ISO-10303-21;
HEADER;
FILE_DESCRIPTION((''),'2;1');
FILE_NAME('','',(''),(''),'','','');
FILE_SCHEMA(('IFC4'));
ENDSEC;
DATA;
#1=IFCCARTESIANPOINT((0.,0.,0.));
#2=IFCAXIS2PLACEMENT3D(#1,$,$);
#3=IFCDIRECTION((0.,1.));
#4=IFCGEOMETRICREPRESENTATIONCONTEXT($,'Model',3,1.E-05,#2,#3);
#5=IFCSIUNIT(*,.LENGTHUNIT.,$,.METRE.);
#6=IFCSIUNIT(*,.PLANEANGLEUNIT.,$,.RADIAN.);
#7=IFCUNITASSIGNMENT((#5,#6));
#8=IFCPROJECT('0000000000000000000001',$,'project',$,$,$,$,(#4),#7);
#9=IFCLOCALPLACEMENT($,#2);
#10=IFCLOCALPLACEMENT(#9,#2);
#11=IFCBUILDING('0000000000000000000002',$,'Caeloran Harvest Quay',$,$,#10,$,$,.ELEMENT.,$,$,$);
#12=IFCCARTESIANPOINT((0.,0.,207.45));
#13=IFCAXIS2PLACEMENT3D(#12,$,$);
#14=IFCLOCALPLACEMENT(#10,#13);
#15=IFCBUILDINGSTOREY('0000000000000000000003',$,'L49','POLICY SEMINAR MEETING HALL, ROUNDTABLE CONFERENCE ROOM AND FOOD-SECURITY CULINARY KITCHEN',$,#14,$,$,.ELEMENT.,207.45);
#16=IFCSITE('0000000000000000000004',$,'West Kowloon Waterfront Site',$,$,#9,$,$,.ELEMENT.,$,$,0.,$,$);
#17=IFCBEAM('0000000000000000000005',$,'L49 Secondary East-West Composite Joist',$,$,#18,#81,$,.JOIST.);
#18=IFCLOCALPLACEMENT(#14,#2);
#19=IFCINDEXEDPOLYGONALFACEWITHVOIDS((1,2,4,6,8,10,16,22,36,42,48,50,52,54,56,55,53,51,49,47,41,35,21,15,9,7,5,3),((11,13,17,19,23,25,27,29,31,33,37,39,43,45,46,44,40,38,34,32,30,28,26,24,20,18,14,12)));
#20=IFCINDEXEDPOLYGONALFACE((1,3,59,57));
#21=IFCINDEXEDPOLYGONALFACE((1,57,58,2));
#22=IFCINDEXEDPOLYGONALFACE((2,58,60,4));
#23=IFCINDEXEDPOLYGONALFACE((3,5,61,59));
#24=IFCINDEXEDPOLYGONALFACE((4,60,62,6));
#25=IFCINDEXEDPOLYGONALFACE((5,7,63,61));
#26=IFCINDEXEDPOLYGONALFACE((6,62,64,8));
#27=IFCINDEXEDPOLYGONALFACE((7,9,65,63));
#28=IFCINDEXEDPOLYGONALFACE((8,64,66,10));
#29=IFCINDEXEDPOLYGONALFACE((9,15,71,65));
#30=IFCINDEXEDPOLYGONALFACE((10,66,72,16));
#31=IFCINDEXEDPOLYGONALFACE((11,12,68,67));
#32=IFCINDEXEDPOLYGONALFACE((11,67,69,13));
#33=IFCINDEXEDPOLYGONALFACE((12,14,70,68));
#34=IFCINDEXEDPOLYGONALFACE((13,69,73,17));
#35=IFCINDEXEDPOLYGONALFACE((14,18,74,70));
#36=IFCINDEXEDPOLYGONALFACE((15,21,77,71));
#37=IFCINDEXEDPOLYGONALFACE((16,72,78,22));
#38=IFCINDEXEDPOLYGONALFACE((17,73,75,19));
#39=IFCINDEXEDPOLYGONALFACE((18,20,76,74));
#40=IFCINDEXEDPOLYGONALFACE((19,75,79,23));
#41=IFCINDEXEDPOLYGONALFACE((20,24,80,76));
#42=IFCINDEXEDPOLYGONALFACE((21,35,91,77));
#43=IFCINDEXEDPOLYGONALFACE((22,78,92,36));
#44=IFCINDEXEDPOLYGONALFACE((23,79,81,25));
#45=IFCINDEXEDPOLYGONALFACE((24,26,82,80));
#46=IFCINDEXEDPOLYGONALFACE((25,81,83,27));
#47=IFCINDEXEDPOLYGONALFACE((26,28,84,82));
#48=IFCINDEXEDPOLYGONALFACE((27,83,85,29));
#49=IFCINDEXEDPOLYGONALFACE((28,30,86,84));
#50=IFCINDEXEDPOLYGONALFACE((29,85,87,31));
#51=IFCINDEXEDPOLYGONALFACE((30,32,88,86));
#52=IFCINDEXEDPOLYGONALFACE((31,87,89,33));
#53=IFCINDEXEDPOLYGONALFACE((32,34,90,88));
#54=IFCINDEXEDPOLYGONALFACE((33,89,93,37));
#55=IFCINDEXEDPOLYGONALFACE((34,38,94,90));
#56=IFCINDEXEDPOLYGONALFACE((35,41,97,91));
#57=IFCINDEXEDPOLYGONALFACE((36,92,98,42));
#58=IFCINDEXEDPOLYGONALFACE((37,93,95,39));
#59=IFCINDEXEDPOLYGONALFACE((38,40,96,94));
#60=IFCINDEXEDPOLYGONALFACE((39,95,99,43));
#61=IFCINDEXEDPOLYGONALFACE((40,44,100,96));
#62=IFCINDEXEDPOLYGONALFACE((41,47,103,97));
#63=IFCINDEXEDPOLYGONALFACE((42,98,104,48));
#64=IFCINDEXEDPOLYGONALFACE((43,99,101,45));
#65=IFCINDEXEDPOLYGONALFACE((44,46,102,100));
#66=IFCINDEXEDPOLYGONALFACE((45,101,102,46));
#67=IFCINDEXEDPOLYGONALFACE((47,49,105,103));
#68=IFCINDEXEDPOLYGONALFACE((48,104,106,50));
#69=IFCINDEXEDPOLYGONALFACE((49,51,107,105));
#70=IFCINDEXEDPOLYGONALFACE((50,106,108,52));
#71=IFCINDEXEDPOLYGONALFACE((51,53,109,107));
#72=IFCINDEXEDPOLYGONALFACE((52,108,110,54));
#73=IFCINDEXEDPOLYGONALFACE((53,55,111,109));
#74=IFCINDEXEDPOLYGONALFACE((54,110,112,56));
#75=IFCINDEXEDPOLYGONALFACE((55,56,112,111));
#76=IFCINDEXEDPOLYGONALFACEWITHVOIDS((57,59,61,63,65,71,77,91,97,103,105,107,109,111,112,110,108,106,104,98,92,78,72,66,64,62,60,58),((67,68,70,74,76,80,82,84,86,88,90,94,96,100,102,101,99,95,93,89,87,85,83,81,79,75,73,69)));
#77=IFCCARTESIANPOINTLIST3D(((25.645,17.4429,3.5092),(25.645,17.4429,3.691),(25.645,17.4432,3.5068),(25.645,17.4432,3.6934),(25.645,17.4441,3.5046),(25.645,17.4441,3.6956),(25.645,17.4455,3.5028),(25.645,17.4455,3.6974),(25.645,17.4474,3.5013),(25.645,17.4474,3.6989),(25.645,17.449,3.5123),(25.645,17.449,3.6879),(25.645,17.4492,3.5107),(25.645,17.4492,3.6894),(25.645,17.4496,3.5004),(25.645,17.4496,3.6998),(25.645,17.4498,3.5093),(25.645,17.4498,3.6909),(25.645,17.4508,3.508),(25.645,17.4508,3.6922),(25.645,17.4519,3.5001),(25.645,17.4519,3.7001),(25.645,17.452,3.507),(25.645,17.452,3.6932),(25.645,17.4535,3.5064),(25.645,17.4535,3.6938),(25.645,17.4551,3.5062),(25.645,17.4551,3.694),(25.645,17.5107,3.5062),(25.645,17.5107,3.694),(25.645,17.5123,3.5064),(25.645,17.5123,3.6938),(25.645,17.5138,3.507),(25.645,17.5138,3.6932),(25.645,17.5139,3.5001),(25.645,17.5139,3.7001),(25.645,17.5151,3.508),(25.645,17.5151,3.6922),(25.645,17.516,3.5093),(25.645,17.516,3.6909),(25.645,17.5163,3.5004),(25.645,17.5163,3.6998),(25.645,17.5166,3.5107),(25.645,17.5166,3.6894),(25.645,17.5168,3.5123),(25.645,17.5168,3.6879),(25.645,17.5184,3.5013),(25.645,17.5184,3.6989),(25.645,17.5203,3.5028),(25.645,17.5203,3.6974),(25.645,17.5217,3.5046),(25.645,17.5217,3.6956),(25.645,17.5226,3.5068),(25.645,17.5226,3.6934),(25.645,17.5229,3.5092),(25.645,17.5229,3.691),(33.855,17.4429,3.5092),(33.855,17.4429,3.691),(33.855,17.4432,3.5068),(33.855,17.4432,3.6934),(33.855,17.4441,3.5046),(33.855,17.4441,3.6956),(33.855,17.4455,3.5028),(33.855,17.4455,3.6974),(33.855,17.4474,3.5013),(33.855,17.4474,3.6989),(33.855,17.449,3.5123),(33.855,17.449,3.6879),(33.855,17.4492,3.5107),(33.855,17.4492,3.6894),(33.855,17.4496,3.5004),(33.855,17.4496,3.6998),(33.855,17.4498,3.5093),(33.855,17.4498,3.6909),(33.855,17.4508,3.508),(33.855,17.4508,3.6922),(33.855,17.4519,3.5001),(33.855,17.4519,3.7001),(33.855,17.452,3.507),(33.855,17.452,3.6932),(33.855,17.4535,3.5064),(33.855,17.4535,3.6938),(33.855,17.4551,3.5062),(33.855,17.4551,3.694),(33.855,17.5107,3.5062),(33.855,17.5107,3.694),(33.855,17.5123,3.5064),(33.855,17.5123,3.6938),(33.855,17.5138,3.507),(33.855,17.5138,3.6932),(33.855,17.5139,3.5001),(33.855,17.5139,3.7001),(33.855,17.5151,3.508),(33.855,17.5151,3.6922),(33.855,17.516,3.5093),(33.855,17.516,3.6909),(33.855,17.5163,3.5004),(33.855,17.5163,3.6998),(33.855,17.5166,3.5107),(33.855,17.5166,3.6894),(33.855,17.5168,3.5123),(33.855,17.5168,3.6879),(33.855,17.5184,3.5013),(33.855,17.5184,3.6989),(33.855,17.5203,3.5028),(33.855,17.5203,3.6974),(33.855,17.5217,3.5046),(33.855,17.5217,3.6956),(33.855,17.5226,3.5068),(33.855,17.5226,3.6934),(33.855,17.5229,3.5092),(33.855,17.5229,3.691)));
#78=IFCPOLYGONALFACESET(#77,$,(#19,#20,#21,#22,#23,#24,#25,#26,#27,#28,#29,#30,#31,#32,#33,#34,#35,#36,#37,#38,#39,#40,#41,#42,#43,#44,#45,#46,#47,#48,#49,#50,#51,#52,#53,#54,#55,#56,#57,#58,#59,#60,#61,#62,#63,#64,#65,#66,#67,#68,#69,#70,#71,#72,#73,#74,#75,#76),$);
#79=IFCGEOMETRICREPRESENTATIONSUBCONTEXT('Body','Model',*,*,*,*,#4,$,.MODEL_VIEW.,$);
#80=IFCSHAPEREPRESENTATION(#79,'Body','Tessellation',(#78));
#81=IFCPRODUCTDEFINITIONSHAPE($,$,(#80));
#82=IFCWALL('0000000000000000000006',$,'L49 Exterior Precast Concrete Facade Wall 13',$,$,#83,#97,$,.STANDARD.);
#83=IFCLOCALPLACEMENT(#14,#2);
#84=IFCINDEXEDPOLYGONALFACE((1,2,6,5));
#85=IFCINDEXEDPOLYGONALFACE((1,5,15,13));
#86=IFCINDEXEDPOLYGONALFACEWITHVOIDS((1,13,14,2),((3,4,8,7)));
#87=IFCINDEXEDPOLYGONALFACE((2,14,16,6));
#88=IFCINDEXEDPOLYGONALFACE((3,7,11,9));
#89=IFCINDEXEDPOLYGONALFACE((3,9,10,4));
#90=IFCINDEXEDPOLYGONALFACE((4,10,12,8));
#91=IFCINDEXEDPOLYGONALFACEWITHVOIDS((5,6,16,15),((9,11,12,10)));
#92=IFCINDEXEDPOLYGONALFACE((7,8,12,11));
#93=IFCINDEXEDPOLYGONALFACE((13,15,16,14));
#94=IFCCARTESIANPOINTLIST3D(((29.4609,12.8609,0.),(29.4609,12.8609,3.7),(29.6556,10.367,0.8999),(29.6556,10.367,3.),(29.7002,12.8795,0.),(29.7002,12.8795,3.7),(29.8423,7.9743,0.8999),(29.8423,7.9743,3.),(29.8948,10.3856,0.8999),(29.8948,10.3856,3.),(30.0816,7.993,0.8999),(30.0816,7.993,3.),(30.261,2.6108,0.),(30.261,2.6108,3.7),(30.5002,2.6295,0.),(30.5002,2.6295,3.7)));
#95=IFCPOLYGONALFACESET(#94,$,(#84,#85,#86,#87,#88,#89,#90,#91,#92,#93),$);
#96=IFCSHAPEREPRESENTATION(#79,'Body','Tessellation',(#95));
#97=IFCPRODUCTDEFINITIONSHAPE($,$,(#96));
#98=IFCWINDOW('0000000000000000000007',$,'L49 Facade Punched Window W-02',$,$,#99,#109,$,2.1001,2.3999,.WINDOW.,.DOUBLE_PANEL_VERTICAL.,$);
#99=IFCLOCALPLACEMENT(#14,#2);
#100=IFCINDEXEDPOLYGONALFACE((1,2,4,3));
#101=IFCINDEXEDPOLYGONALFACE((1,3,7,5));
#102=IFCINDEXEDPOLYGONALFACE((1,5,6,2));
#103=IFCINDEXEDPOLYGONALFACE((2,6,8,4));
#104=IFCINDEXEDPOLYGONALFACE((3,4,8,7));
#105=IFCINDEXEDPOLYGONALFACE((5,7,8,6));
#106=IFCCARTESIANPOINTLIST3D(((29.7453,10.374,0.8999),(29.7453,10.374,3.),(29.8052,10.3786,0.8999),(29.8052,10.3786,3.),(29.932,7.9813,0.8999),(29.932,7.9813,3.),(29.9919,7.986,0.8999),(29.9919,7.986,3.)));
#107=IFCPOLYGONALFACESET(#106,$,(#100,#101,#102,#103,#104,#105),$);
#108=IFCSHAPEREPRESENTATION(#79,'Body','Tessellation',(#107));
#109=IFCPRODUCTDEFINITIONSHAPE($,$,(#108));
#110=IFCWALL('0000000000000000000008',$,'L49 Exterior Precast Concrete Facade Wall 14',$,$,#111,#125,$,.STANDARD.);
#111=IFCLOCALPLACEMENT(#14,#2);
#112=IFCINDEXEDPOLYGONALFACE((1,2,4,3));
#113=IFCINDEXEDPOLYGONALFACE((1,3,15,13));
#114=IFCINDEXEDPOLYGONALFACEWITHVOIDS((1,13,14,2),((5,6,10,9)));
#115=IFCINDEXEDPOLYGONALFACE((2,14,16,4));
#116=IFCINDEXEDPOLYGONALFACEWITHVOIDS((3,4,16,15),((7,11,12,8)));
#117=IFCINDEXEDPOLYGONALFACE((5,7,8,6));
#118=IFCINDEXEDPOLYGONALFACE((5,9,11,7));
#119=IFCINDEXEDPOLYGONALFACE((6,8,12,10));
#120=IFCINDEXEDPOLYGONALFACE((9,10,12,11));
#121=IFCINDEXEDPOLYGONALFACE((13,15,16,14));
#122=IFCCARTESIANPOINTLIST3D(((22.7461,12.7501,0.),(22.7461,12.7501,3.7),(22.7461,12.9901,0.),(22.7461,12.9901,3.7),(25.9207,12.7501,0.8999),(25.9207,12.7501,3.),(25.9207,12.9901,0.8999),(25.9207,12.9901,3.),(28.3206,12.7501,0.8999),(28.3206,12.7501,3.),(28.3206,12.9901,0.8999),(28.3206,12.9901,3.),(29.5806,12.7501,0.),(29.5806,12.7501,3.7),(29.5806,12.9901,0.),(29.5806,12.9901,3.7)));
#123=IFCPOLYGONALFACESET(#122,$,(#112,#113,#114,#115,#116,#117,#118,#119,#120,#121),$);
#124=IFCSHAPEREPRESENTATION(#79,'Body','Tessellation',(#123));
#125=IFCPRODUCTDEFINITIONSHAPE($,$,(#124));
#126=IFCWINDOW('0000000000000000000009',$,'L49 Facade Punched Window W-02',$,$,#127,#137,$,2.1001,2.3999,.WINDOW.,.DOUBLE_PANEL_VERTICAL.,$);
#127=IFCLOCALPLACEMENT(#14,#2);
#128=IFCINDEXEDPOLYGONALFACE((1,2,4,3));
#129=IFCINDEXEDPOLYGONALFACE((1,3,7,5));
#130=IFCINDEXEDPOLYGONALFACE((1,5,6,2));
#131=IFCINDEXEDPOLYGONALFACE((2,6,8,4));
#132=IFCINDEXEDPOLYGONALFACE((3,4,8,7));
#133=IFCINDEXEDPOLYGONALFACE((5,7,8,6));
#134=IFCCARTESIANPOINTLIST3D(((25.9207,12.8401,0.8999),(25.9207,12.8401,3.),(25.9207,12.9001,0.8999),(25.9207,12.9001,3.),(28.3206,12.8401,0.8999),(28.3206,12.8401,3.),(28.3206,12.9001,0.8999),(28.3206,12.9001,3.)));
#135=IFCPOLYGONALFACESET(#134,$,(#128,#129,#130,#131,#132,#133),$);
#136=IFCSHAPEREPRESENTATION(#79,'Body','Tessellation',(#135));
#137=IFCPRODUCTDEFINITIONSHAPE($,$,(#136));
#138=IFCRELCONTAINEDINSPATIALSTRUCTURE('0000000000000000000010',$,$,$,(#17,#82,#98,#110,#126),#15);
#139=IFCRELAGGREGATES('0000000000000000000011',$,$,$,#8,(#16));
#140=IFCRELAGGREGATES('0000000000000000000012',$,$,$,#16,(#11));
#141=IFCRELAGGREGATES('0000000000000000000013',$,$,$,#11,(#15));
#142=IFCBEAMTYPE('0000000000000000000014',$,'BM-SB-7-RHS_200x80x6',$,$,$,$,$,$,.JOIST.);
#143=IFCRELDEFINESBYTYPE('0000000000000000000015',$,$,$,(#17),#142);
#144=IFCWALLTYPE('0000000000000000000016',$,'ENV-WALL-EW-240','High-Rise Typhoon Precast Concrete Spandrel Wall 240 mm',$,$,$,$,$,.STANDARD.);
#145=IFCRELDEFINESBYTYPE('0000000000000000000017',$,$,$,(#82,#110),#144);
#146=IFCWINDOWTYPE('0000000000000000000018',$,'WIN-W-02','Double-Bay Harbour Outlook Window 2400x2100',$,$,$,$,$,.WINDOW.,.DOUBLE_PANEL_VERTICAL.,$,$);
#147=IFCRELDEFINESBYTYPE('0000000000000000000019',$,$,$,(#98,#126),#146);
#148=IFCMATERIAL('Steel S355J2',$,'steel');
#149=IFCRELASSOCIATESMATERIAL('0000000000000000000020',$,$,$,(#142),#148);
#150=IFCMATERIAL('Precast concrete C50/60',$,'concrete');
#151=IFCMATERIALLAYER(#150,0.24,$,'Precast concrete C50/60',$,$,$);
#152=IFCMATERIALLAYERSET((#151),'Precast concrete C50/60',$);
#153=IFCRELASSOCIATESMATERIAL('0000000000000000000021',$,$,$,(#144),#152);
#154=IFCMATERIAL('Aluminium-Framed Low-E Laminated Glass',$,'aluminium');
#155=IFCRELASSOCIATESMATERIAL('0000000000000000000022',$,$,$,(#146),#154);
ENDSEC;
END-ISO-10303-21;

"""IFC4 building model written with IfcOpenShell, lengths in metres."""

from ifc_helpers import new_model, si_unit, direction, frame, frame_2d, origin, origin_2d, place, context, subcontext, project, spatial, rectangle, hollow_rectangle, extrude, material, layer, layer_set, material_profile, profile_set, type_object, element, fill, save


model = new_model("IFC4")

# Units and contexts
model_context = context("Model", 3, precision=1e-05, world=origin(), true_north=direction((0.0, 1.0)))
body_context = subcontext(model_context, "Body", "Model", "MODEL_VIEW")
ifc_project = project(units=[si_unit("LENGTHUNIT", "METRE"), si_unit("PLANEANGLEUNIT", "RADIAN")], contexts=[model_context])

# Site, building, storey
site_placement = place(None, origin())
site = spatial("IfcSite", under=ifc_project, at=site_placement, Name="West Kowloon Waterfront Site", CompositionType="ELEMENT", RefElevation=0.0)
building_placement = place(site_placement, origin())
building = spatial("IfcBuilding", under=site, at=building_placement, Name="Caeloran Harvest Quay", CompositionType="ELEMENT")
storey_placement = place(building_placement, frame((0.0, 0.0, 207.45)))
storey = spatial("IfcBuildingStorey", under=building, at=storey_placement, Name="L49", Description="POLICY SEMINAR MEETING HALL, ROUNDTABLE CONFERENCE ROOM AND FOOD-SECURITY CULINARY KITCHEN", CompositionType="ELEMENT", Elevation=207.45)

# Beam
ifc_material_1 = material(Name="Steel S355J2", Category="steel")
ifc_material_profile_1 = material_profile(ifc_material_1, hollow_rectangle(XDim=0.0801, YDim=0.2, WallThickness=0.0061, InnerFilletRadius=0.0061, OuterFilletRadius=0.009, at=origin_2d()), Name="RHS 200x80x6")
ifc_profile_set_1 = profile_set([ifc_material_profile_1], Name="Steel S355J2")
beam_type_1 = type_object("IfcBeamType", Name="BM-SB-7-RHS_200x80x6", PredefinedType="JOIST", material=ifc_profile_set_1)
for number, where, z_axis, x_axis, name in (
    (1, (25.645, 17.4829, 3.6001), (1.0, 0.0, 0.0), (0.0, 1.0, 0.0), "L49 Secondary East-West Composite Joist"),
):
    element("IfcBeam", number, at=place(storey_placement, frame(where, z_axis=z_axis, x_axis=x_axis)), inside=storey, type_object=beam_type_1, Name=name, PredefinedType="JOIST", context=body_context, shape_type="SweptSolid", body=[
        extrude(hollow_rectangle(XDim=0.0801, YDim=0.2, WallThickness=0.0061, InnerFilletRadius=0.0061, OuterFilletRadius=0.009, at=origin_2d()), origin(), (0.0, 0.0, 1.0), 8.21),
    ])

# Walls, openings, windows
ifc_material_2 = material(Name="Precast concrete C50/60", Category="concrete")
ifc_layer = layer(ifc_material_2, 0.24, Name="Precast concrete C50/60")
ifc_layer_set = layer_set([ifc_layer], Name="Precast concrete C50/60")
wall_type = type_object("IfcWallType", Name="ENV-WALL-EW-240", Description="High-Rise Typhoon Precast Concrete Spandrel Wall 240 mm", PredefinedType="STANDARD", material=ifc_layer_set)
wall_1_placement = place(storey_placement, frame((30.3806, 2.6201, 0.0), z_axis=(0.0, 0.0, 1.0), x_axis=(-0.077817, 0.996968, 0.0)))
wall_1 = element("IfcWall", 2, at=wall_1_placement, inside=storey, type_object=wall_type, Name="L49 Exterior Precast Concrete Facade Wall 13", PredefinedType="STANDARD", context=body_context, shape_type="SweptSolid", body=[
    extrude(rectangle(XDim=10.2812, YDim=0.24, at=frame_2d((5.1406, 0.0))), origin(), (0.0, 0.0, 1.0), 3.7),
])
opening_1_placement = place(wall_1_placement, frame((5.3799, 0.0, 0.8999)))
opening_1 = element("IfcOpeningElement", 3, at=opening_1_placement, cuts=wall_1, PredefinedType="OPENING", context=body_context, shape_type="SweptSolid", body=[
    extrude(rectangle(XDim=2.3999, YDim=2.1001, at=frame_2d((1.2, 1.05))), frame((0.0, 0.1299, 0.0), z_axis=(0.0, -1.0, 0.0), x_axis=(1.0, 0.0, 0.0)), (0.0, 0.0, 1.0), 0.26),
])
ifc_material_3 = material(Name="Aluminium-Framed Low-E Laminated Glass", Category="aluminium")
window_type = type_object("IfcWindowType", Name="WIN-W-02", Description="Double-Bay Harbour Outlook Window 2400x2100", PartitioningType="DOUBLE_PANEL_VERTICAL", PredefinedType="WINDOW", material=ifc_material_3)
window_1_placement = place(opening_1_placement, origin())
window_1 = element("IfcWindow", 4, at=window_1_placement, inside=storey, type_object=window_type, Name="L49 Facade Punched Window W-02", OverallHeight=2.1001, OverallWidth=2.3999, PartitioningType="DOUBLE_PANEL_VERTICAL", PredefinedType="WINDOW", context=body_context, shape_type="SweptSolid", body=[
    extrude(rectangle(XDim=2.3999, YDim=2.1001, at=frame_2d((1.2, 1.05))), frame((0.0, 0.03, 0.0), z_axis=(0.0, -1.0, 0.0), x_axis=(1.0, 0.0, 0.0)), (0.0, 0.0, 1.0), 0.0601),
])
fill(opening_1, window_1)
wall_2_placement = place(storey_placement, frame((29.5806, 12.8701, 0.0), z_axis=(0.0, 0.0, 1.0), x_axis=(-1.0, 0.0, 0.0)))
wall_2 = element("IfcWall", 5, at=wall_2_placement, inside=storey, type_object=wall_type, Name="L49 Exterior Precast Concrete Facade Wall 14", PredefinedType="STANDARD", context=body_context, shape_type="SweptSolid", body=[
    extrude(rectangle(XDim=6.8345, YDim=0.24, at=frame_2d((3.4172, 0.0))), origin(), (0.0, 0.0, 1.0), 3.7),
])
opening_2_placement = place(wall_2_placement, frame((1.26, 0.0, 0.8999)))
opening_2 = element("IfcOpeningElement", 6, at=opening_2_placement, cuts=wall_2, PredefinedType="OPENING", context=body_context, shape_type="SweptSolid", body=[
    extrude(rectangle(XDim=2.3999, YDim=2.1001, at=frame_2d((1.2, 1.05))), frame((0.0, 0.1299, 0.0), z_axis=(0.0, -1.0, 0.0), x_axis=(1.0, 0.0, 0.0)), (0.0, 0.0, 1.0), 0.26),
])
window_2_placement = place(opening_2_placement, origin())
window_2 = element("IfcWindow", 7, at=window_2_placement, inside=storey, type_object=window_type, Name="L49 Facade Punched Window W-02", OverallHeight=2.1001, OverallWidth=2.3999, PartitioningType="DOUBLE_PANEL_VERTICAL", PredefinedType="WINDOW", context=body_context, shape_type="SweptSolid", body=[
    extrude(rectangle(XDim=2.3999, YDim=2.1001, at=frame_2d((1.2, 1.05))), frame((0.0, 0.03, 0.0), z_axis=(0.0, -1.0, 0.0), x_axis=(1.0, 0.0, 0.0)), (0.0, 0.0, 1.0), 0.0601),
])
fill(opening_2, window_2)

save(model, "model.ifc")
